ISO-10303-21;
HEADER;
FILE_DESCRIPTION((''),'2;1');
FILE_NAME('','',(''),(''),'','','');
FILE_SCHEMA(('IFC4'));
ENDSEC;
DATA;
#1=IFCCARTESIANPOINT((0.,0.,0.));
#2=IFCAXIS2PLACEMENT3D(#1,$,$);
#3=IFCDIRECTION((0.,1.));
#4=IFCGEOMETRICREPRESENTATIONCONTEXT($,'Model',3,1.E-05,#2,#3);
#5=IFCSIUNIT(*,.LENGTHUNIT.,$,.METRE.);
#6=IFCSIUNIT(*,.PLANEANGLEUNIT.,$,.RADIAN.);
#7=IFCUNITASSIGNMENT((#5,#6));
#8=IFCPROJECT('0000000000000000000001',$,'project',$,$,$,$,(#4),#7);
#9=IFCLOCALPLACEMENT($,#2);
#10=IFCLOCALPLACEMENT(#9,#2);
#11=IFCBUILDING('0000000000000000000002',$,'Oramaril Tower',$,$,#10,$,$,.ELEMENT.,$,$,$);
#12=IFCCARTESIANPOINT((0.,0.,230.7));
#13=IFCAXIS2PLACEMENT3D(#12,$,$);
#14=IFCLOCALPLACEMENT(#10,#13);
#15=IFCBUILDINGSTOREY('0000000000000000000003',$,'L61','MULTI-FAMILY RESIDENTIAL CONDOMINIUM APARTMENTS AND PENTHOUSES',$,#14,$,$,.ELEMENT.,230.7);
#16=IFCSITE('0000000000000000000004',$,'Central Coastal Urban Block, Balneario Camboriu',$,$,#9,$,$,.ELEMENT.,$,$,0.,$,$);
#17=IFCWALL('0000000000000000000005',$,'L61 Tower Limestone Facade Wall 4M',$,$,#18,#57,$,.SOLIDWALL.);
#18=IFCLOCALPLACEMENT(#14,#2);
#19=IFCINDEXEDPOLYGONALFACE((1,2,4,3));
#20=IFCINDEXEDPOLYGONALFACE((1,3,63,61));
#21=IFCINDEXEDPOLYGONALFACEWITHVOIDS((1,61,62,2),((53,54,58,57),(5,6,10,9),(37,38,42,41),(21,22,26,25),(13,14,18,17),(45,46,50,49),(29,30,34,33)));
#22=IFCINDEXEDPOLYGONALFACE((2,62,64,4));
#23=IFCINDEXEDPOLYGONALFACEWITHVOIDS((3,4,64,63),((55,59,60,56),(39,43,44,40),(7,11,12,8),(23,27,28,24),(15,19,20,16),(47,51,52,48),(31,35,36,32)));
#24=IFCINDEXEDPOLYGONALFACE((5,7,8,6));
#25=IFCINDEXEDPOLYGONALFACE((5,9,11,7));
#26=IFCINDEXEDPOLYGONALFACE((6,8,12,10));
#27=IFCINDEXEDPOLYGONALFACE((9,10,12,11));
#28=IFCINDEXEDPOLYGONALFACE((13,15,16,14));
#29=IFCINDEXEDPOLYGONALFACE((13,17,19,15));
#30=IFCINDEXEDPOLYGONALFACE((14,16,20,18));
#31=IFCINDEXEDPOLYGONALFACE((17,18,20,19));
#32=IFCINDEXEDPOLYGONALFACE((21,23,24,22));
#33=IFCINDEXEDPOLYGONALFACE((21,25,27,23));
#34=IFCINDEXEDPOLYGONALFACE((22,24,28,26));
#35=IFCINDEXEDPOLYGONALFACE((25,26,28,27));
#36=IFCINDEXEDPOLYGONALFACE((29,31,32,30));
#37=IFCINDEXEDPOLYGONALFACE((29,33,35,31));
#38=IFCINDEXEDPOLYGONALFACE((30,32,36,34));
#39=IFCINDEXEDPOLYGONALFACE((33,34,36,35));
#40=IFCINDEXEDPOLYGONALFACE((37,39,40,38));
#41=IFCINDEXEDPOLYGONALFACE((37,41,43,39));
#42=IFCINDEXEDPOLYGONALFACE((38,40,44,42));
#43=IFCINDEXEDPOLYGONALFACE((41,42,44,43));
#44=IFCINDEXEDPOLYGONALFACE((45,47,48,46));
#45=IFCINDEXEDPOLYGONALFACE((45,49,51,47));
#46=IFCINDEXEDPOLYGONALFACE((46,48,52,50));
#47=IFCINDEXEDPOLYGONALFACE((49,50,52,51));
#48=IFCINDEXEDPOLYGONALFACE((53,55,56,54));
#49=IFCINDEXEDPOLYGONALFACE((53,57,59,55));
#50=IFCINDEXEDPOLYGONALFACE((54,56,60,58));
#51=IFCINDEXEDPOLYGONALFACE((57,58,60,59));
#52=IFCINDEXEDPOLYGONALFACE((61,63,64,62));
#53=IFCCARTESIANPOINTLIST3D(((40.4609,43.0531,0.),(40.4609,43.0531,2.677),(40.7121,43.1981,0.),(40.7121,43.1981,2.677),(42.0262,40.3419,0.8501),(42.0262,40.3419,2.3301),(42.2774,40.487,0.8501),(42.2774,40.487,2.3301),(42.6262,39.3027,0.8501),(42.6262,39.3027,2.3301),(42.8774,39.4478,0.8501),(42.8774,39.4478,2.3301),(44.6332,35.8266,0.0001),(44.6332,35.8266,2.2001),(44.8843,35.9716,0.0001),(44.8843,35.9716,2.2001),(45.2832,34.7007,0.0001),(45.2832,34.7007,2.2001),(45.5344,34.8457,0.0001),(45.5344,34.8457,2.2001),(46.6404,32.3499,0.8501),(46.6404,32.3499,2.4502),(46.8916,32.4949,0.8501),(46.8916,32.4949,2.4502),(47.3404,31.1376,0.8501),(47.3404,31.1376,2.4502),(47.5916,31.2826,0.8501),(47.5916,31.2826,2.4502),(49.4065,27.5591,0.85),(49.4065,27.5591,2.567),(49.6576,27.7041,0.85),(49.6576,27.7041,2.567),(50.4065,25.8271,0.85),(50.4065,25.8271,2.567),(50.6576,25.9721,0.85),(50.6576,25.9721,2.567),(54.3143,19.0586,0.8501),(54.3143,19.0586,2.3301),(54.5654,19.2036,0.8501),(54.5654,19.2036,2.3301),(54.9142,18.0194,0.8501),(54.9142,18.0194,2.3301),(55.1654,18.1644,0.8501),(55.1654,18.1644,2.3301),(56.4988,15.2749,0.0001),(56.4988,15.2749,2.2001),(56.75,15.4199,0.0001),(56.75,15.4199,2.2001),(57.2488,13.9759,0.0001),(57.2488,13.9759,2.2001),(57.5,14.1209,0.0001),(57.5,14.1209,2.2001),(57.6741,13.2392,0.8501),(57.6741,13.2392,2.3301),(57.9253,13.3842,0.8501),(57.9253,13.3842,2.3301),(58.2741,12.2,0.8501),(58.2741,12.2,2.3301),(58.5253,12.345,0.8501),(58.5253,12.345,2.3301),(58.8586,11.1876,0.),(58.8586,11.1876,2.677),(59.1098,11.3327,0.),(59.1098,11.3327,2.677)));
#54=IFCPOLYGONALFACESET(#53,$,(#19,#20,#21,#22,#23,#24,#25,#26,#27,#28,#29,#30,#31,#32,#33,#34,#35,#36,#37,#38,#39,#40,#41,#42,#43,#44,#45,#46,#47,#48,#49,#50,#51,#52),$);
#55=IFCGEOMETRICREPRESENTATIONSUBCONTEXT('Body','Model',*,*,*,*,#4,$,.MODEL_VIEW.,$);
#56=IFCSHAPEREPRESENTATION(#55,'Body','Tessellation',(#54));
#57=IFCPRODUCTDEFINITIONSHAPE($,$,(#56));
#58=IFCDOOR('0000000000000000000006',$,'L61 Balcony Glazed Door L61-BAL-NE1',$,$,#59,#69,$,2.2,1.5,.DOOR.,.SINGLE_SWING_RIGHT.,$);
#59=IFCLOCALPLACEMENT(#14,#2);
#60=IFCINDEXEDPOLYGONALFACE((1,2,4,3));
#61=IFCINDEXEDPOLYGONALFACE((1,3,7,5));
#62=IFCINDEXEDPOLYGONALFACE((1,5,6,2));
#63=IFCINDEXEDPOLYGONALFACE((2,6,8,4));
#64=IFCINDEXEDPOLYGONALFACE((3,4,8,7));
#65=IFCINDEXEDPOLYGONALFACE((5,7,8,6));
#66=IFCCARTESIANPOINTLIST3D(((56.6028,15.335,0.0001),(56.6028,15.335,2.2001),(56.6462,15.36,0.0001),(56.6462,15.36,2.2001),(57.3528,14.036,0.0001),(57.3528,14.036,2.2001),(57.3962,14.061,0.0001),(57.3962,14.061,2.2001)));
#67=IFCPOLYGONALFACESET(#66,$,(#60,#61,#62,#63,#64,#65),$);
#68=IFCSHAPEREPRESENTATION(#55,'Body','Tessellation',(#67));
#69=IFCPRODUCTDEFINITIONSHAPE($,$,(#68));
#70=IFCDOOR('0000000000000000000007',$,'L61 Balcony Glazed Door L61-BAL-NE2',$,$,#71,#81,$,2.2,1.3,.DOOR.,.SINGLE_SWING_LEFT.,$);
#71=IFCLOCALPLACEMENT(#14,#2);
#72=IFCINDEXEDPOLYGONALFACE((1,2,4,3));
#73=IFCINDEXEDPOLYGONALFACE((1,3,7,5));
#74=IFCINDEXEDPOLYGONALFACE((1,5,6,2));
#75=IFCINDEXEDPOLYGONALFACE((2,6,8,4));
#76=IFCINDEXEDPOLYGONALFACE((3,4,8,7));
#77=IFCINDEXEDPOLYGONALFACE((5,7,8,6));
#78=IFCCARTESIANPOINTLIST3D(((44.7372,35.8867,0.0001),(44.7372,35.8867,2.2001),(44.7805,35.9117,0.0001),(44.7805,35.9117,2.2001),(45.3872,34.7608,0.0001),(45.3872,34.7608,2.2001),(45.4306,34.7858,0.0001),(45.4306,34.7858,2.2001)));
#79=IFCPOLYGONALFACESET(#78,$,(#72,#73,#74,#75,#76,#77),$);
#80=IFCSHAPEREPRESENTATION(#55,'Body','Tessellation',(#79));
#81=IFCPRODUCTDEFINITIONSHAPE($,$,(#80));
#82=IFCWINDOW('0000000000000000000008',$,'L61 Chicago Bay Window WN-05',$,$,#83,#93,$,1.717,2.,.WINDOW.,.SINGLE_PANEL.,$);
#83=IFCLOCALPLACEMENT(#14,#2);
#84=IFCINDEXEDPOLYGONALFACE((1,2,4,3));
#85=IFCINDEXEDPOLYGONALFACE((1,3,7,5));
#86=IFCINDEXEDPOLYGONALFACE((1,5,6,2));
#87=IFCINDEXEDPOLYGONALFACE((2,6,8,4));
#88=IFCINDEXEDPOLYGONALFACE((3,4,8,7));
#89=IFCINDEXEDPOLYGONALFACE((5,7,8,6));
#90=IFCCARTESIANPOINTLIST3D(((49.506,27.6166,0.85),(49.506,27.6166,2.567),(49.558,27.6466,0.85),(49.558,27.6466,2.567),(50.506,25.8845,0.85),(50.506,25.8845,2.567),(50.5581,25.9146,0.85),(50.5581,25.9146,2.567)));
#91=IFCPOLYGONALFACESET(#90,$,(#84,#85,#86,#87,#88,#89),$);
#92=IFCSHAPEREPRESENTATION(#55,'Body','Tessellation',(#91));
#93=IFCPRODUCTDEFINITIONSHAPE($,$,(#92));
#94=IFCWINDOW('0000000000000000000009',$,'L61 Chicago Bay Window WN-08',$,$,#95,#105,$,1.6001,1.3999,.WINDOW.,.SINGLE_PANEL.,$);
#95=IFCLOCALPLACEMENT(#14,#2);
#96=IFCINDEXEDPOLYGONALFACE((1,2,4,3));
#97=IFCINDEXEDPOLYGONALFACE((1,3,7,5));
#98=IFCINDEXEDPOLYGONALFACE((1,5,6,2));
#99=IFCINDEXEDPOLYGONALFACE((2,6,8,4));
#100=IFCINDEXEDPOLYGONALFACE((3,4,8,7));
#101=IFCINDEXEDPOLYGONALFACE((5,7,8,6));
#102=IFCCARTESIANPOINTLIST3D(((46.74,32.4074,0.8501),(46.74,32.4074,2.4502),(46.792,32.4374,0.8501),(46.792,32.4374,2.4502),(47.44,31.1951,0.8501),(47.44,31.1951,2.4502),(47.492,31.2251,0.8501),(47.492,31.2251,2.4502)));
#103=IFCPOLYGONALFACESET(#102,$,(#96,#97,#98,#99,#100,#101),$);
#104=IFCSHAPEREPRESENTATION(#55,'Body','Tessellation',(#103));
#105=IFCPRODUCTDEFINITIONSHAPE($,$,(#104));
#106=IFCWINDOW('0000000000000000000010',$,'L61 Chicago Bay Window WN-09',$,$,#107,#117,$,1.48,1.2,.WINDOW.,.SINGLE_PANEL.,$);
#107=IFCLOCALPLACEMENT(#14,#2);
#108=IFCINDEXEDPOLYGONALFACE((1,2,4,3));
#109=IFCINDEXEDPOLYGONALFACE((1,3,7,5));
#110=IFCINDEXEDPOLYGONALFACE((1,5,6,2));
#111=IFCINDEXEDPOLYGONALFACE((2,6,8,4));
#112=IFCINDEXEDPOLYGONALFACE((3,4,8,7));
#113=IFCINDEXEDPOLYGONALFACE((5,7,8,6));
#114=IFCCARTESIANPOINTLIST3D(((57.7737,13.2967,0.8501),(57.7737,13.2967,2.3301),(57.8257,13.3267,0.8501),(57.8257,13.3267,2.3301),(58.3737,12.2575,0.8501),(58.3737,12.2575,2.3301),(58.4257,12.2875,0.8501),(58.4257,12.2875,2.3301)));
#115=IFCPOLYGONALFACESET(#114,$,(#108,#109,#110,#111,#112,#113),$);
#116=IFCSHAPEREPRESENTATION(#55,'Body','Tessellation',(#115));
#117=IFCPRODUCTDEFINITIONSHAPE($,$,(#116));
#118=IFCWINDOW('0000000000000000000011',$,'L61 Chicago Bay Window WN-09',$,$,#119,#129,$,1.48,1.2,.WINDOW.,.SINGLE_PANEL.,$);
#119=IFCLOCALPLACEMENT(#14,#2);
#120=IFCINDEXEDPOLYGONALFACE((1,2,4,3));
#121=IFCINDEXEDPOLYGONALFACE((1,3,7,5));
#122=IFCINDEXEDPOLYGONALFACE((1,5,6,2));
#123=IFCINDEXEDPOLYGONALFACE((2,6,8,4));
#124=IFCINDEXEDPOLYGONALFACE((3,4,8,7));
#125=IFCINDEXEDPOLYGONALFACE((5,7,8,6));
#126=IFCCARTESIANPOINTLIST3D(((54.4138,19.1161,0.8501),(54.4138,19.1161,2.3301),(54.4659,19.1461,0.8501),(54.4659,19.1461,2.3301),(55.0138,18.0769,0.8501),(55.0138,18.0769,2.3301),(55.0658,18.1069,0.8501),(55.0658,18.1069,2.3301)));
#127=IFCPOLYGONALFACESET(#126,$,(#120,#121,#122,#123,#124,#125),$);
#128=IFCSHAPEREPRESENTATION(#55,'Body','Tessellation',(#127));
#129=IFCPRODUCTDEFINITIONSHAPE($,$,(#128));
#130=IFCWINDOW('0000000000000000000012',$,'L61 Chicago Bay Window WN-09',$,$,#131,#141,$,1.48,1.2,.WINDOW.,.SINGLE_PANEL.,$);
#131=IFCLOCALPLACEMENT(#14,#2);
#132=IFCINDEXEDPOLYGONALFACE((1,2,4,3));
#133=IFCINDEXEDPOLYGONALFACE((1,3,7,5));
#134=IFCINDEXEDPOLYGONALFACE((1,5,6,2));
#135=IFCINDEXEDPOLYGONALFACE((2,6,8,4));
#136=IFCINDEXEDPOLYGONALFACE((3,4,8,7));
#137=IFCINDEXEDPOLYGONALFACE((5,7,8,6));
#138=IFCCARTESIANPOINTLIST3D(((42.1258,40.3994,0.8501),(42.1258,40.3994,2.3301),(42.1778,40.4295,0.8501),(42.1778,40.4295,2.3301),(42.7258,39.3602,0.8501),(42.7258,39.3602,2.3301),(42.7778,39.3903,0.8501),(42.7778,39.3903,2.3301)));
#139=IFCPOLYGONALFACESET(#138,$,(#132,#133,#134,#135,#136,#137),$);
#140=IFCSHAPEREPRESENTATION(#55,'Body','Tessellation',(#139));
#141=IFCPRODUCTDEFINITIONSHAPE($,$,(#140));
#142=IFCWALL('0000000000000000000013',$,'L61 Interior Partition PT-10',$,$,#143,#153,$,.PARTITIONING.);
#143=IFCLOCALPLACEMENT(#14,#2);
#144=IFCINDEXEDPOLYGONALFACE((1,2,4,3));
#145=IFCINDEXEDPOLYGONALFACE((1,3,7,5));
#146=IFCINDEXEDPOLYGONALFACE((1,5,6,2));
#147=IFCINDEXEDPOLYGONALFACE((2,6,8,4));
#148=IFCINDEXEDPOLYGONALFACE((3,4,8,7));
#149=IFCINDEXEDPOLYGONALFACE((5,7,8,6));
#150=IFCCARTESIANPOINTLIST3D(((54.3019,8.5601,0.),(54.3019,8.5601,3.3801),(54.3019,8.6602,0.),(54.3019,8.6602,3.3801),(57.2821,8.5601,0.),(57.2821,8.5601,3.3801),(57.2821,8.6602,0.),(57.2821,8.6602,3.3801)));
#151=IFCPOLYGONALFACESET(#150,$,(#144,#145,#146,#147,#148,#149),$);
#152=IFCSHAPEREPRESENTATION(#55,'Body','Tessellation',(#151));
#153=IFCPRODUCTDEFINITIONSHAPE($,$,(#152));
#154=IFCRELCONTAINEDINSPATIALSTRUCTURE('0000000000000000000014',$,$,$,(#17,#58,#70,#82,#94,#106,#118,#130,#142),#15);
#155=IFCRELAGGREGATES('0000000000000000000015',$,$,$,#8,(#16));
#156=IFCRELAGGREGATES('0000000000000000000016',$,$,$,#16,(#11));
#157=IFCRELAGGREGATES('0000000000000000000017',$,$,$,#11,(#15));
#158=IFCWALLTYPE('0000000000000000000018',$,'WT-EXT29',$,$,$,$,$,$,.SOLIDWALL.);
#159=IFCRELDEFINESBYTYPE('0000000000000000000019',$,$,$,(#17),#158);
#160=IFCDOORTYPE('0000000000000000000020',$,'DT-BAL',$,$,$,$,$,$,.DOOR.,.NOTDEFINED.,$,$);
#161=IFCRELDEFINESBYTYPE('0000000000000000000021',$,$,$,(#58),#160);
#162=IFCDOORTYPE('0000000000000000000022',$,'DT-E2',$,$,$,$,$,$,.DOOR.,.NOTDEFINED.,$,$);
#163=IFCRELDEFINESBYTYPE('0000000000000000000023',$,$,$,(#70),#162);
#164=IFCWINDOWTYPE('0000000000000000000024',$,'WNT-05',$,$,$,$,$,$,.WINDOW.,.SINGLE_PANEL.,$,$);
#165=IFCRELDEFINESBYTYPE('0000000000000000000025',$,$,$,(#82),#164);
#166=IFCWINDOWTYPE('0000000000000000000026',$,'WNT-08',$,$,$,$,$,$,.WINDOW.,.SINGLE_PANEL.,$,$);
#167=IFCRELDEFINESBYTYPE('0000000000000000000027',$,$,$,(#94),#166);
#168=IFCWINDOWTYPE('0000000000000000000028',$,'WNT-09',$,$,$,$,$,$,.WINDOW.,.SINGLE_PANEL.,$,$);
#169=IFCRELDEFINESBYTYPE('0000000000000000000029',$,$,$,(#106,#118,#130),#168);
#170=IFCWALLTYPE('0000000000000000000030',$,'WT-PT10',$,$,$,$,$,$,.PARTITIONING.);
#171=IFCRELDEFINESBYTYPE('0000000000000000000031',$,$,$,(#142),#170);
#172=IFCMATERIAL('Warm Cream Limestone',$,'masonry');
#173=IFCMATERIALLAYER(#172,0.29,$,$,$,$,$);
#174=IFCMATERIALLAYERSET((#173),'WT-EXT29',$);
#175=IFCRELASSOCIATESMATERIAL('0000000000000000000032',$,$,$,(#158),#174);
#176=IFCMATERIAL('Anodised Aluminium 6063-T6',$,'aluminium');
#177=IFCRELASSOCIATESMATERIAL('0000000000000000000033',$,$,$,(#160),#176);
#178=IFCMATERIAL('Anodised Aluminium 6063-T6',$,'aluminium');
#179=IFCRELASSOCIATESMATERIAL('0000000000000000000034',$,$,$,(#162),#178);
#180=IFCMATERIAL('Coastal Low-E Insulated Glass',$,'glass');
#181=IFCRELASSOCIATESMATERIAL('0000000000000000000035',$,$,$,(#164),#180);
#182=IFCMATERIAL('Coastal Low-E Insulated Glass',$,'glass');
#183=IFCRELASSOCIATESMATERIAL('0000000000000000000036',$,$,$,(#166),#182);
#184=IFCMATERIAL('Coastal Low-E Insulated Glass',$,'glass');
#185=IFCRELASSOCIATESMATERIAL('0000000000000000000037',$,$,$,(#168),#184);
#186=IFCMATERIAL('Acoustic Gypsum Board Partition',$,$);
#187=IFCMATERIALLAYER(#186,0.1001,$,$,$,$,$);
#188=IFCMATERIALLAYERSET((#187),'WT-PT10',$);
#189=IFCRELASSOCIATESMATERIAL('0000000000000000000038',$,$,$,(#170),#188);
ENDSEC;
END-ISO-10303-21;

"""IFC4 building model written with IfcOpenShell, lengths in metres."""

from ifc_helpers import new_model, si_unit, direction, frame, frame_2d, origin, place, context, subcontext, project, spatial, rectangle, extrude, material, layer, layer_set, type_object, element, fill, save


model = new_model("IFC4")

# Units and contexts
model_context = context("Model", 3, precision=1e-05, world=origin(), true_north=direction((0.0, 1.0)))
body_context = subcontext(model_context, "Body", "Model", "MODEL_VIEW")
ifc_project = project(units=[si_unit("LENGTHUNIT", "METRE"), si_unit("PLANEANGLEUNIT", "RADIAN")], contexts=[model_context])

# Site, building, storey
site_placement = place(None, origin())
site = spatial("IfcSite", under=ifc_project, at=site_placement, Name="Central Coastal Urban Block, Balneario Camboriu", CompositionType="ELEMENT", RefElevation=0.0)
building_placement = place(site_placement, origin())
building = spatial("IfcBuilding", under=site, at=building_placement, Name="Oramaril Tower", CompositionType="ELEMENT")
storey_placement = place(building_placement, frame((0.0, 0.0, 230.7)))
storey = spatial("IfcBuildingStorey", under=building, at=storey_placement, Name="L61", Description="MULTI-FAMILY RESIDENTIAL CONDOMINIUM APARTMENTS AND PENTHOUSES", CompositionType="ELEMENT", Elevation=230.7)

# Wall, openings, doors, windows
ifc_material_1 = material(Name="Warm Cream Limestone", Category="masonry")
ifc_layer_1 = layer(ifc_material_1, 0.29)
ifc_layer_set_1 = layer_set([ifc_layer_1], Name="WT-EXT29")
wall_type_1 = type_object("IfcWallType", Name="WT-EXT29", PredefinedType="SOLIDWALL", material=ifc_layer_set_1)
wall_1_placement = place(storey_placement, frame((58.9841, 11.2603, 0.0), z_axis=(0.0, 0.0, 1.0), x_axis=(-0.500003, 0.866023, 0.0)))
wall_1 = element("IfcWall", 1, at=wall_1_placement, inside=storey, type_object=wall_type_1, Name="L61 Tower Limestone Facade Wall 4M", PredefinedType="SOLIDWALL", context=body_context, shape_type="SweptSolid", body=[
    extrude(rectangle(XDim=36.7952, YDim=0.29, at=frame_2d((18.3975, 0.0))), origin(), (0.0, 0.0, 1.0), 2.677),
])
opening_1_placement = place(wall_1_placement, frame((3.2195, 0.0, 0.0)))
opening_1 = element("IfcOpeningElement", 2, at=opening_1_placement, cuts=wall_1, PredefinedType="OPENING", context=body_context, shape_type="SweptSolid", body=[
    extrude(rectangle(XDim=1.5, YDim=2.2, at=frame_2d((0.75, 1.1001))), frame((0.0, 0.145, 0.0), z_axis=(0.0, -1.0, 0.0), x_axis=(1.0, 0.0, 0.0)), (0.0, 0.0, 1.0), 0.29),
])
opening_2_placement = place(wall_1_placement, frame((27.1506, 0.0, 0.0)))
opening_2 = element("IfcOpeningElement", 3, at=opening_2_placement, cuts=wall_1, PredefinedType="OPENING", context=body_context, shape_type="SweptSolid", body=[
    extrude(rectangle(XDim=1.3, YDim=2.2, at=frame_2d((0.6499, 1.1001))), frame((0.0, 0.145, 0.0), z_axis=(0.0, -1.0, 0.0), x_axis=(1.0, 0.0, 0.0)), (0.0, 0.0, 1.0), 0.29),
])
opening_3_placement = place(wall_1_placement, frame((1.1687, 0.0, 0.8501)))
opening_3 = element("IfcOpeningElement", 4, at=opening_3_placement, cuts=wall_1, PredefinedType="OPENING", context=body_context, shape_type="SweptSolid", body=[
    extrude(rectangle(XDim=1.2, YDim=1.48, at=frame_2d((0.6001, 0.74))), frame((0.0, 0.145, 0.0), z_axis=(0.0, -1.0, 0.0), x_axis=(1.0, 0.0, 0.0)), (0.0, 0.0, 1.0), 0.29),
])
opening_4_placement = place(wall_1_placement, frame((7.8884, 0.0, 0.8501)))
opening_4 = element("IfcOpeningElement", 5, at=opening_4_placement, cuts=wall_1, PredefinedType="OPENING", context=body_context, shape_type="SweptSolid", body=[
    extrude(rectangle(XDim=1.2, YDim=1.48, at=frame_2d((0.6001, 0.74))), frame((0.0, 0.145, 0.0), z_axis=(0.0, -1.0, 0.0), x_axis=(1.0, 0.0, 0.0)), (0.0, 0.0, 1.0), 0.29),
])
opening_5_placement = place(wall_1_placement, frame((32.4644, 0.0, 0.8501)))
opening_5 = element("IfcOpeningElement", 6, at=opening_5_placement, cuts=wall_1, PredefinedType="OPENING", context=body_context, shape_type="SweptSolid", body=[
    extrude(rectangle(XDim=1.2, YDim=1.48, at=frame_2d((0.6001, 0.74))), frame((0.0, 0.145, 0.0), z_axis=(0.0, -1.0, 0.0), x_axis=(1.0, 0.0, 0.0)), (0.0, 0.0, 1.0), 0.29),
])
opening_6_placement = place(wall_1_placement, frame((16.9041, 0.0, 0.8501)))
opening_6 = element("IfcOpeningElement", 7, at=opening_6_placement, cuts=wall_1, PredefinedType="OPENING", context=body_context, shape_type="SweptSolid", body=[
    extrude(rectangle(XDim=2.0, YDim=1.717, at=frame_2d((1.0, 0.8584))), frame((0.0, 0.145, 0.0), z_axis=(0.0, -1.0, 0.0), x_axis=(1.0, 0.0, 0.0)), (0.0, 0.0, 1.0), 0.29),
])
opening_7_placement = place(wall_1_placement, frame((23.0361, 0.0, 0.8501)))
opening_7 = element("IfcOpeningElement", 8, at=opening_7_placement, cuts=wall_1, PredefinedType="OPENING", context=body_context, shape_type="SweptSolid", body=[
    extrude(rectangle(XDim=1.3999, YDim=1.6001, at=frame_2d((0.7, 0.8))), frame((0.0, 0.145, 0.0), z_axis=(0.0, -1.0, 0.0), x_axis=(1.0, 0.0, 0.0)), (0.0, 0.0, 1.0), 0.29),
])
ifc_material_2 = material(Name="Anodised Aluminium 6063-T6", Category="aluminium")
door_type_1 = type_object("IfcDoorType", Name="DT-BAL", OperationType="NOTDEFINED", PredefinedType="DOOR", material=ifc_material_2)
door_1_placement = place(opening_1_placement, origin())
door_1 = element("IfcDoor", 9, at=door_1_placement, inside=storey, type_object=door_type_1, Name="L61 Balcony Glazed Door L61-BAL-NE1", OperationType="SINGLE_SWING_RIGHT", OverallHeight=2.2, OverallWidth=1.5, PredefinedType="DOOR", context=body_context, shape_type="SweptSolid", body=[
    extrude(rectangle(XDim=1.5, YDim=2.2, at=frame_2d((0.75, 1.1001))), frame((0.0, 0.0249, 0.0), z_axis=(0.0, -1.0, 0.0), x_axis=(1.0, 0.0, 0.0)), (0.0, 0.0, 1.0), 0.05),
])
fill(opening_1, door_1)
ifc_material_3 = material(Name="Anodised Aluminium 6063-T6", Category="aluminium")
door_type_2 = type_object("IfcDoorType", Name="DT-E2", OperationType="NOTDEFINED", PredefinedType="DOOR", material=ifc_material_3)
door_2_placement = place(opening_2_placement, origin())
door_2 = element("IfcDoor", 10, at=door_2_placement, inside=storey, type_object=door_type_2, Name="L61 Balcony Glazed Door L61-BAL-NE2", OperationType="SINGLE_SWING_LEFT", OverallHeight=2.2, OverallWidth=1.3, PredefinedType="DOOR", context=body_context, shape_type="SweptSolid", body=[
    extrude(rectangle(XDim=1.3, YDim=2.2, at=frame_2d((0.6499, 1.1001))), frame((0.0, 0.0249, 0.0), z_axis=(0.0, -1.0, 0.0), x_axis=(1.0, 0.0, 0.0)), (0.0, 0.0, 1.0), 0.05),
])
fill(opening_2, door_2)
ifc_material_4 = material(Name="Coastal Low-E Insulated Glass", Category="glass")
window_type_1 = type_object("IfcWindowType", Name="WNT-05", PartitioningType="SINGLE_PANEL", PredefinedType="WINDOW", material=ifc_material_4)
window_1_placement = place(opening_6_placement, origin())
window_1 = element("IfcWindow", 11, at=window_1_placement, inside=storey, type_object=window_type_1, Name="L61 Chicago Bay Window WN-05", OverallHeight=1.717, OverallWidth=2.0, PartitioningType="SINGLE_PANEL", PredefinedType="WINDOW", context=body_context, shape_type="SweptSolid", body=[
    extrude(rectangle(XDim=2.0, YDim=1.717, at=frame_2d((1.0, 0.8584))), frame((0.0, 0.03, 0.0), z_axis=(0.0, -1.0, 0.0), x_axis=(1.0, 0.0, 0.0)), (0.0, 0.0, 1.0), 0.0601),
])
fill(opening_6, window_1)
ifc_material_5 = material(Name="Coastal Low-E Insulated Glass", Category="glass")
window_type_2 = type_object("IfcWindowType", Name="WNT-08", PartitioningType="SINGLE_PANEL", PredefinedType="WINDOW", material=ifc_material_5)
window_2_placement = place(opening_7_placement, origin())
window_2 = element("IfcWindow", 12, at=window_2_placement, inside=storey, type_object=window_type_2, Name="L61 Chicago Bay Window WN-08", OverallHeight=1.6001, OverallWidth=1.3999, PartitioningType="SINGLE_PANEL", PredefinedType="WINDOW", context=body_context, shape_type="SweptSolid", body=[
    extrude(rectangle(XDim=1.3999, YDim=1.6001, at=frame_2d((0.7, 0.8))), frame((0.0, 0.03, 0.0), z_axis=(0.0, -1.0, 0.0), x_axis=(1.0, 0.0, 0.0)), (0.0, 0.0, 1.0), 0.0601),
])
fill(opening_7, window_2)
ifc_material_6 = material(Name="Coastal Low-E Insulated Glass", Category="glass")
window_type_3 = type_object("IfcWindowType", Name="WNT-09", PartitioningType="SINGLE_PANEL", PredefinedType="WINDOW", material=ifc_material_6)
window_3_placement = place(opening_3_placement, origin())
window_3 = element("IfcWindow", 13, at=window_3_placement, inside=storey, type_object=window_type_3, Name="L61 Chicago Bay Window WN-09", OverallHeight=1.48, OverallWidth=1.2, PartitioningType="SINGLE_PANEL", PredefinedType="WINDOW", context=body_context, shape_type="SweptSolid", body=[
    extrude(rectangle(XDim=1.2, YDim=1.48, at=frame_2d((0.6001, 0.74))), frame((0.0, 0.03, 0.0), z_axis=(0.0, -1.0, 0.0), x_axis=(1.0, 0.0, 0.0)), (0.0, 0.0, 1.0), 0.0601),
])
fill(opening_3, window_3)
window_4_placement = place(opening_4_placement, origin())
window_4 = element("IfcWindow", 14, at=window_4_placement, inside=storey, type_object=window_type_3, Name="L61 Chicago Bay Window WN-09", OverallHeight=1.48, OverallWidth=1.2, PartitioningType="SINGLE_PANEL", PredefinedType="WINDOW", context=body_context, shape_type="SweptSolid", body=[
    extrude(rectangle(XDim=1.2, YDim=1.48, at=frame_2d((0.6001, 0.74))), frame((0.0, 0.03, 0.0), z_axis=(0.0, -1.0, 0.0), x_axis=(1.0, 0.0, 0.0)), (0.0, 0.0, 1.0), 0.0601),
])
fill(opening_4, window_4)
window_5_placement = place(opening_5_placement, origin())
window_5 = element("IfcWindow", 15, at=window_5_placement, inside=storey, type_object=window_type_3, Name="L61 Chicago Bay Window WN-09", OverallHeight=1.48, OverallWidth=1.2, PartitioningType="SINGLE_PANEL", PredefinedType="WINDOW", context=body_context, shape_type="SweptSolid", body=[
    extrude(rectangle(XDim=1.2, YDim=1.48, at=frame_2d((0.6001, 0.74))), frame((0.0, 0.03, 0.0), z_axis=(0.0, -1.0, 0.0), x_axis=(1.0, 0.0, 0.0)), (0.0, 0.0, 1.0), 0.0601),
])
fill(opening_5, window_5)

# Wall
ifc_material_7 = material(Name="Acoustic Gypsum Board Partition")
ifc_layer_2 = layer(ifc_material_7, 0.1001)
ifc_layer_set_2 = layer_set([ifc_layer_2], Name="WT-PT10")
wall_type_2 = type_object("IfcWallType", Name="WT-PT10", PredefinedType="PARTITIONING", material=ifc_layer_set_2)
wall_2_placement = place(storey_placement, frame((54.3018, 8.6101, 0.0), z_axis=(0.0, 0.0, 1.0), x_axis=(1.0, 0.0, 0.0)))
element("IfcWall", 16, at=wall_2_placement, inside=storey, type_object=wall_type_2, Name="L61 Interior Partition PT-10", PredefinedType="PARTITIONING", context=body_context, shape_type="SweptSolid", body=[
    extrude(rectangle(XDim=2.9802, YDim=0.1001, at=frame_2d((1.4902, 0.0))), origin(), (0.0, 0.0, 1.0), 3.3801),
])

save(model, "model.ifc")
